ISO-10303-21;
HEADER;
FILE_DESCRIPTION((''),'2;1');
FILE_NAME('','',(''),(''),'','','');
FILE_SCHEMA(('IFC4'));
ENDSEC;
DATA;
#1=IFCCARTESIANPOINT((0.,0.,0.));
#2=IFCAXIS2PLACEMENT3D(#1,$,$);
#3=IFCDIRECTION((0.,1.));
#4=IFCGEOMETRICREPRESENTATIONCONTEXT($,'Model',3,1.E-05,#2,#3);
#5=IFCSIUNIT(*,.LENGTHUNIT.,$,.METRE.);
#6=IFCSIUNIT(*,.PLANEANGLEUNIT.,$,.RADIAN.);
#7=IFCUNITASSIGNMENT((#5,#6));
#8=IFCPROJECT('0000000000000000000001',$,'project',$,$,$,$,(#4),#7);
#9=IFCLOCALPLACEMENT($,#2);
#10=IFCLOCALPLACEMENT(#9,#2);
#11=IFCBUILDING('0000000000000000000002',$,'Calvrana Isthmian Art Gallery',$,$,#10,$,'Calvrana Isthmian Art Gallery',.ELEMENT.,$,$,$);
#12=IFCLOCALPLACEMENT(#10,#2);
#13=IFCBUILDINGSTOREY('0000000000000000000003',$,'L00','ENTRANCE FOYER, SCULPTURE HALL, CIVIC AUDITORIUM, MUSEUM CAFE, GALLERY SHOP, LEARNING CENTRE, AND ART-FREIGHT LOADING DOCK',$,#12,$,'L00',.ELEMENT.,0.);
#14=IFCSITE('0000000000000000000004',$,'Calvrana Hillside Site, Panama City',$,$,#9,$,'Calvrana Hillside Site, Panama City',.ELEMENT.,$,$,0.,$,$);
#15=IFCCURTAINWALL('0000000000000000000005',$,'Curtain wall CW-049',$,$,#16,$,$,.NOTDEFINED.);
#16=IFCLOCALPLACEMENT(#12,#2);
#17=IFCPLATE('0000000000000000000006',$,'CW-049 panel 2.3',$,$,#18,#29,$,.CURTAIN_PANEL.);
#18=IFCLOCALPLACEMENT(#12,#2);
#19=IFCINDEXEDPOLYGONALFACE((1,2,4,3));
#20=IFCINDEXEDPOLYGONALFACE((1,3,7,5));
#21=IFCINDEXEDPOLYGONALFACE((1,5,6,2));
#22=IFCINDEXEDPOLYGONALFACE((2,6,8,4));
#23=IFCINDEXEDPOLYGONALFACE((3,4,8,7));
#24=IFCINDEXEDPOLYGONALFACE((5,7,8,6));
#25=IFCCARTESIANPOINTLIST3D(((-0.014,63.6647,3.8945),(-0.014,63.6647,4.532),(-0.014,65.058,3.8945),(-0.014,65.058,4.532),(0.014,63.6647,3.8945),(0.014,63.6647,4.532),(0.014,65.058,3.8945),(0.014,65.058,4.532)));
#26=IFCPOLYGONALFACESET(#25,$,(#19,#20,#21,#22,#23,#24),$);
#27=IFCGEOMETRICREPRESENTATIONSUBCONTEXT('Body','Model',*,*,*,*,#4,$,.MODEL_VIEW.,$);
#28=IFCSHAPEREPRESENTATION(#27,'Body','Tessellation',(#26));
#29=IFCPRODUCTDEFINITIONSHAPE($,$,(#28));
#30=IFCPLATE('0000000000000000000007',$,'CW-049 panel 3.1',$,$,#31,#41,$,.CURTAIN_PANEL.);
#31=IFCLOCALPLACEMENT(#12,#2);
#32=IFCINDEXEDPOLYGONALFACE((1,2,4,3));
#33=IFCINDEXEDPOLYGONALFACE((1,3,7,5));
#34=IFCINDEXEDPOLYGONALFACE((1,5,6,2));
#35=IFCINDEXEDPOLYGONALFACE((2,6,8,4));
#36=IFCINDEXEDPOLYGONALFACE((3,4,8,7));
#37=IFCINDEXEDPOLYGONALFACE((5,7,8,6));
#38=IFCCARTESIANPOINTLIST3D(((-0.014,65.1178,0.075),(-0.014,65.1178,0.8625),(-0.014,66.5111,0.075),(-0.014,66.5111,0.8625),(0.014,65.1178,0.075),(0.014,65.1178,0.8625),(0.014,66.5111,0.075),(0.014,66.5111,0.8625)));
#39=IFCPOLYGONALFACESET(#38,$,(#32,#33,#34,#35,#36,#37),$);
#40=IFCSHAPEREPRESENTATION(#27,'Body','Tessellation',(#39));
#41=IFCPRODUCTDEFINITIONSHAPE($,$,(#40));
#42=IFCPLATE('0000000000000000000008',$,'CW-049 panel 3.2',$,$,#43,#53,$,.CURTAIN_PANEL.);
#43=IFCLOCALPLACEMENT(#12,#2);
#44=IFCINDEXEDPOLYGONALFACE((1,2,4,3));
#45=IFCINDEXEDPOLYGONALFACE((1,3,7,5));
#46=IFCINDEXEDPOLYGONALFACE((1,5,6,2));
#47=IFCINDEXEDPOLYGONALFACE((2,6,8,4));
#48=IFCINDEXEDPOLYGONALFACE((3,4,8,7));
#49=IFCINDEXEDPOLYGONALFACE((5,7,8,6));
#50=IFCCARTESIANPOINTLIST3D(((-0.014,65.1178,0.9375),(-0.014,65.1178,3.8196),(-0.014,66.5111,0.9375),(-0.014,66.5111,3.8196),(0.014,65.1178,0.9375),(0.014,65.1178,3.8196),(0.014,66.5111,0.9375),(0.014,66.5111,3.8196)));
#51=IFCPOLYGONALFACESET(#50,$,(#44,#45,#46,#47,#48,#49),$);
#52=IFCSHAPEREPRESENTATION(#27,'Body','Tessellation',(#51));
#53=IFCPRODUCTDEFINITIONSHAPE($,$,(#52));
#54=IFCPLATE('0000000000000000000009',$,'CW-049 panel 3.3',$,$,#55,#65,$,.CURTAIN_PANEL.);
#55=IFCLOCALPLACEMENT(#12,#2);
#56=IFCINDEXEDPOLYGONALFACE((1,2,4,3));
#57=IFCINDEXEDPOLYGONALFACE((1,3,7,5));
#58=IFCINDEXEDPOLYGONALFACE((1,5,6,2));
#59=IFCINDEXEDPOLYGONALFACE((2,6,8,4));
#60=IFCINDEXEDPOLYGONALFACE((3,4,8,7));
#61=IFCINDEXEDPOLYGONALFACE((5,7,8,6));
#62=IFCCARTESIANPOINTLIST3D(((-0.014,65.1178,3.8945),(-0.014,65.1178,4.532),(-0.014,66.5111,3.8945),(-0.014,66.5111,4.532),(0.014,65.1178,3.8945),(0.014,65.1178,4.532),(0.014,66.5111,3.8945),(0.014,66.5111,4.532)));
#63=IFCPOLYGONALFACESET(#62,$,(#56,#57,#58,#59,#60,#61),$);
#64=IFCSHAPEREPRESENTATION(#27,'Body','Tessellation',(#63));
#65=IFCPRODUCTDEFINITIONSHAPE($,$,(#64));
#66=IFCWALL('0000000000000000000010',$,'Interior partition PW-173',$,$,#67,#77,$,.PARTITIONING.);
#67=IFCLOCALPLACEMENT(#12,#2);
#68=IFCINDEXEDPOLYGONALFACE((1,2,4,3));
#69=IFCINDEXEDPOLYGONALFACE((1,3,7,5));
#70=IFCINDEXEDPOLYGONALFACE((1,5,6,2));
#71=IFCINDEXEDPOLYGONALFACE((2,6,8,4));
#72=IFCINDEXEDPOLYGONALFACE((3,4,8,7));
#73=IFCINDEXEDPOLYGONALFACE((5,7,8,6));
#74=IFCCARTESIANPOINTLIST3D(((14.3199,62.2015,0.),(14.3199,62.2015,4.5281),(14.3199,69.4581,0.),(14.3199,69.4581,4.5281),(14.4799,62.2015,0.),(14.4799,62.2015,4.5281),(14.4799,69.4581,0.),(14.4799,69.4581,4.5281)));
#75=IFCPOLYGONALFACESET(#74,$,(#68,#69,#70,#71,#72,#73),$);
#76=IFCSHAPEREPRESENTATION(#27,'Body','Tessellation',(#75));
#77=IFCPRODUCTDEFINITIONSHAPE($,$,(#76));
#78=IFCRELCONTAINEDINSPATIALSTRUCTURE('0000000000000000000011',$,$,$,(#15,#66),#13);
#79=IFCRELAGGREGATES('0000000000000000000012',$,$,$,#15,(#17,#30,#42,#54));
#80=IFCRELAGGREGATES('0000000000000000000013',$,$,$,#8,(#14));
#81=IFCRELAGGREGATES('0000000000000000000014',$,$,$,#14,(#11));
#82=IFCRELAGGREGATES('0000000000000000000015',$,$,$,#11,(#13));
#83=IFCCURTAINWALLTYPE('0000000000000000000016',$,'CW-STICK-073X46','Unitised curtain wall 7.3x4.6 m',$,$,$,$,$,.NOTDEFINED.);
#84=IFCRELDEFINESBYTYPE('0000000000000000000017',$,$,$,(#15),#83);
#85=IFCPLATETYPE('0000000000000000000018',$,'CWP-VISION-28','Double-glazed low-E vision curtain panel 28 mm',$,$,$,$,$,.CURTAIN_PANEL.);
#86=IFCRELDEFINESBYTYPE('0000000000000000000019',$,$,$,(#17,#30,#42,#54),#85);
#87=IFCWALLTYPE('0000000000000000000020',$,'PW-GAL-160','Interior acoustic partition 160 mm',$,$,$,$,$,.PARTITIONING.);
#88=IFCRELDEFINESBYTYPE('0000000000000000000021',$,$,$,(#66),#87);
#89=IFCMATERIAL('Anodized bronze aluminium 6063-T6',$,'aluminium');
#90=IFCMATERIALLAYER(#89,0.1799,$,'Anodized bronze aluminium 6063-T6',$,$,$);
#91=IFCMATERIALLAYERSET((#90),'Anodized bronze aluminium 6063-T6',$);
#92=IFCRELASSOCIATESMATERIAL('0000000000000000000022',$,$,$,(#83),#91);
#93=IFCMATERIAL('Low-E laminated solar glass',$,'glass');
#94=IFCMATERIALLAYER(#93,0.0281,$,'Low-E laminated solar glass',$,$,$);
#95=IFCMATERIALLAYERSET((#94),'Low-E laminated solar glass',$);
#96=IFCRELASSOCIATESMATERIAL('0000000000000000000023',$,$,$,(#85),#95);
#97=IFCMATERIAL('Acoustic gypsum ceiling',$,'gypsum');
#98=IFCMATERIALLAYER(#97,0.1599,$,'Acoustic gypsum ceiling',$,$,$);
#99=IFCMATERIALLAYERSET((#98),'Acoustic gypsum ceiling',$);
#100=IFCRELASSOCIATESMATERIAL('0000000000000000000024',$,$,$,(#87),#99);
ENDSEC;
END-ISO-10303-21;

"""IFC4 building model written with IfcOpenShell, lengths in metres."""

from ifc_helpers import new_model, si_unit, direction, frame, frame_2d, origin, origin_2d, place, context, subcontext, project, spatial, rectangle, extrude, material, layer, layer_set, type_object, element, aggregate, save


model = new_model("IFC4")

# Units and contexts
model_context = context("Model", 3, precision=1e-05, world=origin(), true_north=direction((0.0, 1.0)))
body_context = subcontext(model_context, "Body", "Model", "MODEL_VIEW")
ifc_project = project(units=[si_unit("LENGTHUNIT", "METRE"), si_unit("PLANEANGLEUNIT", "RADIAN")], contexts=[model_context])

# Site, building, storey
site_placement = place(None, origin())
site = spatial("IfcSite", under=ifc_project, at=site_placement, Name="Calvrana Hillside Site, Panama City", LongName="Calvrana Hillside Site, Panama City", CompositionType="ELEMENT", RefElevation=0.0)
building_placement = place(site_placement, origin())
building = spatial("IfcBuilding", under=site, at=building_placement, Name="Calvrana Isthmian Art Gallery", LongName="Calvrana Isthmian Art Gallery", CompositionType="ELEMENT")
storey_placement = place(building_placement, origin())
storey = spatial("IfcBuildingStorey", under=building, at=storey_placement, Name="L00", Description="ENTRANCE FOYER, SCULPTURE HALL, CIVIC AUDITORIUM, MUSEUM CAFE, GALLERY SHOP, LEARNING CENTRE, AND ART-FREIGHT LOADING DOCK", LongName="L00", CompositionType="ELEMENT", Elevation=0.0)

# Curtain wall, plates
ifc_material_1 = material(Name="Anodized bronze aluminium 6063-T6", Category="aluminium")
ifc_layer_1 = layer(ifc_material_1, 0.1799, Name="Anodized bronze aluminium 6063-T6")
ifc_layer_set_1 = layer_set([ifc_layer_1], Name="Anodized bronze aluminium 6063-T6")
curtain_wall_type = type_object("IfcCurtainWallType", Name="CW-STICK-073X46", Description="Unitised curtain wall 7.3x4.6 m", PredefinedType="NOTDEFINED", material=ifc_layer_set_1)
curtain_wall_placement = place(storey_placement, origin())
curtain_wall = element("IfcCurtainWall", 1, at=curtain_wall_placement, inside=storey, type_object=curtain_wall_type, Name="Curtain wall CW-049", PredefinedType="NOTDEFINED")
ifc_material_2 = material(Name="Low-E laminated solar glass", Category="glass")
ifc_layer_2 = layer(ifc_material_2, 0.0281, Name="Low-E laminated solar glass")
ifc_layer_set_2 = layer_set([ifc_layer_2], Name="Low-E laminated solar glass")
plate_type = type_object("IfcPlateType", Name="CWP-VISION-28", Description="Double-glazed low-E vision curtain panel 28 mm", PredefinedType="CURTAIN_PANEL", material=ifc_layer_set_2)
plate_1_placement = place(storey_placement, frame((0.0, 64.3613, 3.8945), z_axis=(0.0, 0.0, 1.0), x_axis=(0.0, 1.0, 0.0)))
plate_1 = element("IfcPlate", 2, at=plate_1_placement, type_object=plate_type, Name="CW-049 panel 2.3", PredefinedType="CURTAIN_PANEL", context=body_context, shape_type="SweptSolid", body=[
    extrude(rectangle(XDim=1.3933, YDim=0.0281, at=origin_2d()), origin(), (0.0, 0.0, 1.0), 0.6375),
])
plate_2_placement = place(storey_placement, frame((0.0, 65.8145, 0.075), z_axis=(0.0, 0.0, 1.0), x_axis=(0.0, 1.0, 0.0)))
plate_2 = element("IfcPlate", 3, at=plate_2_placement, type_object=plate_type, Name="CW-049 panel 3.1", PredefinedType="CURTAIN_PANEL", context=body_context, shape_type="SweptSolid", body=[
    extrude(rectangle(XDim=1.3933, YDim=0.0281, at=origin_2d()), origin(), (0.0, 0.0, 1.0), 0.7876),
])
plate_3_placement = place(storey_placement, frame((0.0, 65.8145, 0.9375), z_axis=(0.0, 0.0, 1.0), x_axis=(0.0, 1.0, 0.0)))
plate_3 = element("IfcPlate", 4, at=plate_3_placement, type_object=plate_type, Name="CW-049 panel 3.2", PredefinedType="CURTAIN_PANEL", context=body_context, shape_type="SweptSolid", body=[
    extrude(rectangle(XDim=1.3933, YDim=0.0281, at=origin_2d()), origin(), (0.0, 0.0, 1.0), 2.8821),
])
plate_4_placement = place(storey_placement, frame((0.0, 65.8145, 3.8945), z_axis=(0.0, 0.0, 1.0), x_axis=(0.0, 1.0, 0.0)))
plate_4 = element("IfcPlate", 5, at=plate_4_placement, type_object=plate_type, Name="CW-049 panel 3.3", PredefinedType="CURTAIN_PANEL", context=body_context, shape_type="SweptSolid", body=[
    extrude(rectangle(XDim=1.3933, YDim=0.0281, at=origin_2d()), origin(), (0.0, 0.0, 1.0), 0.6375),
])
aggregate(curtain_wall, [plate_1, plate_2, plate_3, plate_4])

# Wall
ifc_material_3 = material(Name="Acoustic gypsum ceiling", Category="gypsum")
ifc_layer_3 = layer(ifc_material_3, 0.1599, Name="Acoustic gypsum ceiling")
ifc_layer_set_3 = layer_set([ifc_layer_3], Name="Acoustic gypsum ceiling")
wall_type = type_object("IfcWallType", Name="PW-GAL-160", Description="Interior acoustic partition 160 mm", PredefinedType="PARTITIONING", material=ifc_layer_set_3)
wall_placement = place(storey_placement, frame((14.3999, 62.2014, 0.0), z_axis=(0.0, 0.0, 1.0), x_axis=(0.0, 1.0, 0.0)))
element("IfcWall", 6, at=wall_placement, inside=storey, type_object=wall_type, Name="Interior partition PW-173", PredefinedType="PARTITIONING", context=body_context, shape_type="SweptSolid", body=[
    extrude(rectangle(XDim=7.2566, YDim=0.1599, at=frame_2d((3.6284, 0.0))), origin(), (0.0, 0.0, 1.0), 4.5281),
])

save(model, "model.ifc")
